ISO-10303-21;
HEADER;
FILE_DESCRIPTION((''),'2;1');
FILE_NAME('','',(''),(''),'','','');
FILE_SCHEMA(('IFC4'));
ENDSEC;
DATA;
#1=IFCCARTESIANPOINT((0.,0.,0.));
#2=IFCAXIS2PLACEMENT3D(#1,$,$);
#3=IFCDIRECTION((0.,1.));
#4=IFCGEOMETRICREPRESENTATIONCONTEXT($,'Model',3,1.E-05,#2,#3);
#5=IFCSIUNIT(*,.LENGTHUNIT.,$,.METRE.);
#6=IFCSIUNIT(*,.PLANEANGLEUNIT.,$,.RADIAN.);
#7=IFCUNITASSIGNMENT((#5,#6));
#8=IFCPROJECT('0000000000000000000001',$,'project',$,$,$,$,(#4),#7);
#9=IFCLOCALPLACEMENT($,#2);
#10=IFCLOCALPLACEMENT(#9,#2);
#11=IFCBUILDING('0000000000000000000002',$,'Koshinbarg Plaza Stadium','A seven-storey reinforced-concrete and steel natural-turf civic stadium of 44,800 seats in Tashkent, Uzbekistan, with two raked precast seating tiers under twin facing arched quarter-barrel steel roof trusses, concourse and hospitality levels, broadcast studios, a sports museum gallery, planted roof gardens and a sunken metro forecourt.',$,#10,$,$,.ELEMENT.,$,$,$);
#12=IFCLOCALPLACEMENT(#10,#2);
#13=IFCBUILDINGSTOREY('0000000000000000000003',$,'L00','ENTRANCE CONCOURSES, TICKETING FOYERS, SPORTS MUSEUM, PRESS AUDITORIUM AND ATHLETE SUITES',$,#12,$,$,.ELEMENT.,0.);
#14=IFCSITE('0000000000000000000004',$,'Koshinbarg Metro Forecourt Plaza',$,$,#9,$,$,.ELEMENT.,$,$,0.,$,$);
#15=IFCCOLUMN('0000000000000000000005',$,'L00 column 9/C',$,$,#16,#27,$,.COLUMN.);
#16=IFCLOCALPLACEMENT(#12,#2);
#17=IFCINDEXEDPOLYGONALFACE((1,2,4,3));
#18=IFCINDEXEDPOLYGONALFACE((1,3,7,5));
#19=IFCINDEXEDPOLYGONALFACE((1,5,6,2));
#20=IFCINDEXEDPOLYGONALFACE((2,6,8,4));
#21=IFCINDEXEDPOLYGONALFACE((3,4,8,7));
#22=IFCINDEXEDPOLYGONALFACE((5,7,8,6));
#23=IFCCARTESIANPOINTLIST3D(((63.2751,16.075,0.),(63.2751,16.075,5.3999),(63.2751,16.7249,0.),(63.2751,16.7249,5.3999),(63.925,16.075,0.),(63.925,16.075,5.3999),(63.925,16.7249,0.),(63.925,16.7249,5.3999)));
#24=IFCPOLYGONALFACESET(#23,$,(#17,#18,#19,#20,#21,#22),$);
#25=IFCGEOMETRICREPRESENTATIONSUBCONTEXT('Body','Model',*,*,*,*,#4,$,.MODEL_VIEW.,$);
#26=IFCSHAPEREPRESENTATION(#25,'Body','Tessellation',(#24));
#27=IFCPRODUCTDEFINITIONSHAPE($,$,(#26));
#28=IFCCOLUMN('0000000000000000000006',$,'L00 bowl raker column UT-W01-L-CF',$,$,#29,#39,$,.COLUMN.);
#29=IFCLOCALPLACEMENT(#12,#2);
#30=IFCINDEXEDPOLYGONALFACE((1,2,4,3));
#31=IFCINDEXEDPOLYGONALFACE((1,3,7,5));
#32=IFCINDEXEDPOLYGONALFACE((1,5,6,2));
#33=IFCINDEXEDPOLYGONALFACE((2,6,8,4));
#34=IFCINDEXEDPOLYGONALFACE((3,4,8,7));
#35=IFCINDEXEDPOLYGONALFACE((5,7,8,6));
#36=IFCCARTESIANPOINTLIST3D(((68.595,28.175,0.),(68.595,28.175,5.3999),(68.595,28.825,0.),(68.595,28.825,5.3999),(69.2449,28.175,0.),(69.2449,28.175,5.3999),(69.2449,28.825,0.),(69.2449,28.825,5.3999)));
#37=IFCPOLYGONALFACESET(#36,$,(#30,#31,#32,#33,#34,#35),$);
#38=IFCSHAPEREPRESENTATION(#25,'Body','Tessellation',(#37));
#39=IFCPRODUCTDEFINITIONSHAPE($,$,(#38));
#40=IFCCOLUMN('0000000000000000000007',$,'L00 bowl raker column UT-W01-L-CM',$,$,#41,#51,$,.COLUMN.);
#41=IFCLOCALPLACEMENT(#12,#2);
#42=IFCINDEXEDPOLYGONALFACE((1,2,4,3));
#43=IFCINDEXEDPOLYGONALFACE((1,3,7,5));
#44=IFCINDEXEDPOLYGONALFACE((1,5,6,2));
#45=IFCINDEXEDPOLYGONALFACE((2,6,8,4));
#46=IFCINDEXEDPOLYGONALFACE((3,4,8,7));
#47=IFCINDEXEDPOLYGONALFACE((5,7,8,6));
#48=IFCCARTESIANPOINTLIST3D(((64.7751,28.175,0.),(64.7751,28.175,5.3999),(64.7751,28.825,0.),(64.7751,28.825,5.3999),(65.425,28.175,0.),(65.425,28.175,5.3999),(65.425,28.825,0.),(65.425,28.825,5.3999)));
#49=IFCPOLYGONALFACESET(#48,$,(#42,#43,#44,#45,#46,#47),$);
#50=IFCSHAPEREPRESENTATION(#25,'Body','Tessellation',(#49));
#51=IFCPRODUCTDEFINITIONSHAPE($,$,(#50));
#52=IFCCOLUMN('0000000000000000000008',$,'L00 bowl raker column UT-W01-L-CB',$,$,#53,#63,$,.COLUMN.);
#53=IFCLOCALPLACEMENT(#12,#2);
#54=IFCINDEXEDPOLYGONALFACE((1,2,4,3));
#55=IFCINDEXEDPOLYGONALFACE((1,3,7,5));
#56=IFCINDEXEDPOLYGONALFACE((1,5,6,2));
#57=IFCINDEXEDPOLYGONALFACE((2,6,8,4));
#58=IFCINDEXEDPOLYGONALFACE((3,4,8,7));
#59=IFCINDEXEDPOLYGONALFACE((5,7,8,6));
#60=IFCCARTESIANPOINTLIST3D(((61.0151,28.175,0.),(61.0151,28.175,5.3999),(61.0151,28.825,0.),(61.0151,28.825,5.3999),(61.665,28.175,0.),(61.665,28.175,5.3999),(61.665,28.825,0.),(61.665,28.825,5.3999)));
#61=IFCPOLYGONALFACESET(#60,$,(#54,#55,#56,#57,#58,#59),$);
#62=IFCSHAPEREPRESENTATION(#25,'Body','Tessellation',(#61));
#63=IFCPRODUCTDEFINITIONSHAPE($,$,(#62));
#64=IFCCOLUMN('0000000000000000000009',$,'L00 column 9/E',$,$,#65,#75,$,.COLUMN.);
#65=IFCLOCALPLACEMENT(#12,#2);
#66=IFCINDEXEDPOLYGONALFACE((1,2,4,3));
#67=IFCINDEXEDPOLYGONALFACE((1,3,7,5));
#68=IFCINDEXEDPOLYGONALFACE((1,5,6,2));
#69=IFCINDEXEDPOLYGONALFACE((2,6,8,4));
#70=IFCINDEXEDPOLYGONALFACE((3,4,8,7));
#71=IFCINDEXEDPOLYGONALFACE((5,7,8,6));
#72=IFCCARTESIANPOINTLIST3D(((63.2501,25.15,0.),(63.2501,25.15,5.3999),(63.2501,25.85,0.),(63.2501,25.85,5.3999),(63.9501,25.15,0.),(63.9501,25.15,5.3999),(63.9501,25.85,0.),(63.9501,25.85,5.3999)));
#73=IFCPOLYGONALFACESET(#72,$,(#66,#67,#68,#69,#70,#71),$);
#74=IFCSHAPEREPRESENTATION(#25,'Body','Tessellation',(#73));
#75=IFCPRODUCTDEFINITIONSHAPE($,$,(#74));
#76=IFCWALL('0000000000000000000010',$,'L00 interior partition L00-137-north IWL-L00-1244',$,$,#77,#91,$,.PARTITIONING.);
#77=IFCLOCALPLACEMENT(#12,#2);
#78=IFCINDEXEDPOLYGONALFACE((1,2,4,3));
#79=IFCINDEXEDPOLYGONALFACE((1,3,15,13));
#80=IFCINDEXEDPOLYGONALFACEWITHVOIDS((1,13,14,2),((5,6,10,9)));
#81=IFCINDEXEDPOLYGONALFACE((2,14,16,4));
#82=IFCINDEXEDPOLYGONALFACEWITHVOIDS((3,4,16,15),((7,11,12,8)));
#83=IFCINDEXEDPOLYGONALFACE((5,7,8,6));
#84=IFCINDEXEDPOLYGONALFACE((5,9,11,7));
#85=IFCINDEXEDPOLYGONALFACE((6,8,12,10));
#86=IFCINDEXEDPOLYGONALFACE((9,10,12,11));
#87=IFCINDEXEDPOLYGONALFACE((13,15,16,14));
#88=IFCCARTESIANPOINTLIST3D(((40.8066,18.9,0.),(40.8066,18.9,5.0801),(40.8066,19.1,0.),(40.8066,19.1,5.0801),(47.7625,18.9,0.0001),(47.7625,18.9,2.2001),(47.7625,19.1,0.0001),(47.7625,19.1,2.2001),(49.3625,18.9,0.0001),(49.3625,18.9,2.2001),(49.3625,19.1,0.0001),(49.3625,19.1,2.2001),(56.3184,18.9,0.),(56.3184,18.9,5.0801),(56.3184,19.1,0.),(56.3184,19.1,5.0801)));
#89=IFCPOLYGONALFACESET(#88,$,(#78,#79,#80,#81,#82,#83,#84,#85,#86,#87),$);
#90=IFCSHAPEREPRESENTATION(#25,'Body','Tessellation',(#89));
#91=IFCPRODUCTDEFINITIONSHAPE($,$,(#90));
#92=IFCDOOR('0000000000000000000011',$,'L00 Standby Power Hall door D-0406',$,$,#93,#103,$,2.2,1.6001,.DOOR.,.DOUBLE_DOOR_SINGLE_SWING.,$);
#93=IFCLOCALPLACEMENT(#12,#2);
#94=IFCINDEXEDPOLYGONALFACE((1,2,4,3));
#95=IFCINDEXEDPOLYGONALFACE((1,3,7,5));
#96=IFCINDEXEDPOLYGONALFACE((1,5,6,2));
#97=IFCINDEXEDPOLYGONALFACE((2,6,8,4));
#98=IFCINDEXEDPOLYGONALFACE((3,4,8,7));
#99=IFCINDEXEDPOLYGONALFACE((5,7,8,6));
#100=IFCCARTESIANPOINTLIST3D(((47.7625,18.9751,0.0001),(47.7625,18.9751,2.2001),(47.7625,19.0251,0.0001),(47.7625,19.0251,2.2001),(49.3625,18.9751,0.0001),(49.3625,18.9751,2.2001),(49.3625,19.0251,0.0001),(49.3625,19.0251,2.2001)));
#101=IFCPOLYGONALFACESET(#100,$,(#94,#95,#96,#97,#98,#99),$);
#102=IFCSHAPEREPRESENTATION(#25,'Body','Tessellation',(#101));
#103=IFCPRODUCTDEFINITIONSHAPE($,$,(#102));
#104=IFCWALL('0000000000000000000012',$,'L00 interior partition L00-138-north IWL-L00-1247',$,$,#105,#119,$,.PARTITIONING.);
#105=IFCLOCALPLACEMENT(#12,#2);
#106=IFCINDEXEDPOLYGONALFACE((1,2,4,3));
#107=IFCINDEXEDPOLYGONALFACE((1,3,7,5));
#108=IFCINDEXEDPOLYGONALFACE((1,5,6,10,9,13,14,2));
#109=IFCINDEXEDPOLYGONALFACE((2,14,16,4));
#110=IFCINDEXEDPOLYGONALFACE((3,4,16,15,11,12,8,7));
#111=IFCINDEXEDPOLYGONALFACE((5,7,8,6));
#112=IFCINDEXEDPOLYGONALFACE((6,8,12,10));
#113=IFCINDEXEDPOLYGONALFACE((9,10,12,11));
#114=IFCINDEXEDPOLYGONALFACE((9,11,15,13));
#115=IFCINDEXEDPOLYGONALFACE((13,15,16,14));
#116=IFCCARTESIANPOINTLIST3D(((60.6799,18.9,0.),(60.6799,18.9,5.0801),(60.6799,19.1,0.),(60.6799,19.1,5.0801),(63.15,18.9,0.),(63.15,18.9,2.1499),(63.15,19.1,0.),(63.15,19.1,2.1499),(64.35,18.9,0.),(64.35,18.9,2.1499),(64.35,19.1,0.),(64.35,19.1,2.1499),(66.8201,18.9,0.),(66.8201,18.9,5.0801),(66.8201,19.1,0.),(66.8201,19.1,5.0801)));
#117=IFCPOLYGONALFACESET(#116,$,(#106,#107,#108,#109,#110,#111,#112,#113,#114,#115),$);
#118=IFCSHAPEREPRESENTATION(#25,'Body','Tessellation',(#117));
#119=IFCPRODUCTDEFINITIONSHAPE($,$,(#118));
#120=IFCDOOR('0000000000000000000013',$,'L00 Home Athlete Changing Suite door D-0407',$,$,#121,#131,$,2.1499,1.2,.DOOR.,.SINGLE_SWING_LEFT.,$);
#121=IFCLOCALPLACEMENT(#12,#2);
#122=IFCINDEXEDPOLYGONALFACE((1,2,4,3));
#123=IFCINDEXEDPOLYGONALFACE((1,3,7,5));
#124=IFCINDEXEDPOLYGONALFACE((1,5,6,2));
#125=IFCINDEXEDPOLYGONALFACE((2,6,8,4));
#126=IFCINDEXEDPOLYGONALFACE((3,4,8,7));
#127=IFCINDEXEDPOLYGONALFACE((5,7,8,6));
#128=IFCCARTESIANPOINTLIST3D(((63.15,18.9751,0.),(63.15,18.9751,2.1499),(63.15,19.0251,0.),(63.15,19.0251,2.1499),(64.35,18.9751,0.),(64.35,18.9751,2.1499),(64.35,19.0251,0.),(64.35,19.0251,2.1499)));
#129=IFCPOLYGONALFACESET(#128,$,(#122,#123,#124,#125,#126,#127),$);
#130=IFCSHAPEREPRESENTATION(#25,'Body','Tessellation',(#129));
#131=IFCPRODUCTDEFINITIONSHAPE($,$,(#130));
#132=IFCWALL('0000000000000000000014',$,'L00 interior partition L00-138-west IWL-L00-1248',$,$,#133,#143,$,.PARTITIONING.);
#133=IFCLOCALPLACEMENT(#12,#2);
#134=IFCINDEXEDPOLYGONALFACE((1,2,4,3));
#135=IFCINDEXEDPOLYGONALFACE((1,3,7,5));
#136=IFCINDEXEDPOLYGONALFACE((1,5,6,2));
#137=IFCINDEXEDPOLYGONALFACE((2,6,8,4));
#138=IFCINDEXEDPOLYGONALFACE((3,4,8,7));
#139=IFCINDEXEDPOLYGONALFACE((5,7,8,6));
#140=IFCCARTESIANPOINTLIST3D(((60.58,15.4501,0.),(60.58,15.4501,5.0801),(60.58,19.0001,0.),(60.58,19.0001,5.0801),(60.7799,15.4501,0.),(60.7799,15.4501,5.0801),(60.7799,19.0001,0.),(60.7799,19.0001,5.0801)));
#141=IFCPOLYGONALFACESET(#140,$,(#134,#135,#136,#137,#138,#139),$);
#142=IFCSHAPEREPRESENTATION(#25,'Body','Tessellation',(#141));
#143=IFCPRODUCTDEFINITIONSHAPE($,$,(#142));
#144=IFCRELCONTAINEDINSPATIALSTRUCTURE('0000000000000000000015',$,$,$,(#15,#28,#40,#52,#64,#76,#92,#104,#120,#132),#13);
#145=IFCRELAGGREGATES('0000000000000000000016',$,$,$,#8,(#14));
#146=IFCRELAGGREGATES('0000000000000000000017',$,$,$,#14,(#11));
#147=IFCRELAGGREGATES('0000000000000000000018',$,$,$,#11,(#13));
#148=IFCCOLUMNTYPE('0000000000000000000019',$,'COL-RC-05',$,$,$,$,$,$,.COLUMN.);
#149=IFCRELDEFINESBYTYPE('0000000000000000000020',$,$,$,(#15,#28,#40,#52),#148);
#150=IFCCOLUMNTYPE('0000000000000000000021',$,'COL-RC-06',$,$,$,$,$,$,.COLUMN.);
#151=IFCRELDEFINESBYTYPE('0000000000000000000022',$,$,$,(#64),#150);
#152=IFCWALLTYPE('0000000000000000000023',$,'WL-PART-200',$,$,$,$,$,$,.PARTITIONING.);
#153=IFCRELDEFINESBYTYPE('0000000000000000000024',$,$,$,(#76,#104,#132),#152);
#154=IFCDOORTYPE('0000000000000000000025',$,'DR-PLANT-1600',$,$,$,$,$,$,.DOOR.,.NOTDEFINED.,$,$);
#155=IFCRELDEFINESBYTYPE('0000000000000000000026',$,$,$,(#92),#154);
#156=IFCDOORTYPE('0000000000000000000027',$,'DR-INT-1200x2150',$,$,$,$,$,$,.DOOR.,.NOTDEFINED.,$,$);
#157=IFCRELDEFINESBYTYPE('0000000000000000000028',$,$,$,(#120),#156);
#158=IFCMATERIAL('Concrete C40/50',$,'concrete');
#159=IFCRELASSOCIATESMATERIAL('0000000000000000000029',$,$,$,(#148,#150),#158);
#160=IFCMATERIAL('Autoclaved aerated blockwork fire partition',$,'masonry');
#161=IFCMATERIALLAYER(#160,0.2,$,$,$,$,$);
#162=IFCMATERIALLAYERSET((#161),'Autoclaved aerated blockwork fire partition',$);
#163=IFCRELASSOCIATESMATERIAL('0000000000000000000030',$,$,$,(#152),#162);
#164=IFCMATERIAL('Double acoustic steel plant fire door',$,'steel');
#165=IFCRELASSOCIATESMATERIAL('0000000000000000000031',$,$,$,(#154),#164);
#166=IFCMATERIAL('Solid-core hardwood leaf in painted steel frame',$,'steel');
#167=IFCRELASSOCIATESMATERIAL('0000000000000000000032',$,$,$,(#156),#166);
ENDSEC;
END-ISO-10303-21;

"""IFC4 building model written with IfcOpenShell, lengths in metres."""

from ifc_helpers import new_model, si_unit, direction, frame, frame_2d, origin, origin_2d, place, context, subcontext, project, spatial, rectangle, extrude, material, layer, layer_set, material_profile, profile_set, type_object, element, fill, save


model = new_model("IFC4")

# Units and contexts
model_context = context("Model", 3, precision=1e-05, world=origin(), true_north=direction((0.0, 1.0)))
body_context = subcontext(model_context, "Body", "Model", "MODEL_VIEW")
ifc_project = project(units=[si_unit("LENGTHUNIT", "METRE"), si_unit("PLANEANGLEUNIT", "RADIAN")], contexts=[model_context])

# Site, building, storey
site_placement = place(None, origin())
site = spatial("IfcSite", under=ifc_project, at=site_placement, Name="Koshinbarg Metro Forecourt Plaza", CompositionType="ELEMENT", RefElevation=0.0)
building_placement = place(site_placement, origin())
building = spatial("IfcBuilding", under=site, at=building_placement, Name="Koshinbarg Plaza Stadium", Description="A seven-storey reinforced-concrete and steel natural-turf civic stadium of 44,800 seats in Tashkent, Uzbekistan, with two raked precast seating tiers under twin facing arched quarter-barrel steel roof trusses, concourse and hospitality levels, broadcast studios, a sports museum gallery, planted roof gardens and a sunken metro forecourt.", CompositionType="ELEMENT")
storey_placement = place(building_placement, origin())
storey = spatial("IfcBuildingStorey", under=building, at=storey_placement, Name="L00", Description="ENTRANCE CONCOURSES, TICKETING FOYERS, SPORTS MUSEUM, PRESS AUDITORIUM AND ATHLETE SUITES", CompositionType="ELEMENT", Elevation=0.0)

# Columns
ifc_material_1 = material(Name="Concrete C40/50", Category="concrete")
ifc_material_profile_1 = material_profile(ifc_material_1, rectangle(XDim=0.6499, YDim=0.6499, at=origin_2d()), Name="RC 650x650")
ifc_profile_set_1 = profile_set([ifc_material_profile_1], Name="Concrete C40/50")
column_type_1 = type_object("IfcColumnType", Name="COL-RC-05", PredefinedType="COLUMN", material=ifc_profile_set_1)
for number, where, z_axis, x_axis, name in (
    (1, (63.6001, 16.3999, 0.0), (0.0, 0.0, 1.0), (1.0, 0.0, 0.0), "L00 column 9/C"),
    (2, (68.9199, 28.5, 0.0), (0.0, 0.0, 1.0), (1.0, 0.0, 0.0), "L00 bowl raker column UT-W01-L-CF"),
    (3, (65.1001, 28.5, 0.0), (0.0, 0.0, 1.0), (1.0, 0.0, 0.0), "L00 bowl raker column UT-W01-L-CM"),
    (4, (61.3401, 28.5, 0.0), (0.0, 0.0, 1.0), (1.0, 0.0, 0.0), "L00 bowl raker column UT-W01-L-CB"),
):
    element("IfcColumn", number, at=place(storey_placement, frame(where, z_axis=z_axis, x_axis=x_axis)), inside=storey, type_object=column_type_1, Name=name, PredefinedType="COLUMN", context=body_context, shape_type="SweptSolid", body=[
        extrude(rectangle(XDim=0.6499, YDim=0.6499, at=origin_2d()), origin(), (0.0, 0.0, 1.0), 5.3999),
    ])
ifc_material_profile_2 = material_profile(ifc_material_1, rectangle(XDim=0.7, YDim=0.7, at=origin_2d()), Name="RC 700x700")
ifc_profile_set_2 = profile_set([ifc_material_profile_2], Name="Concrete C40/50")
column_type_2 = type_object("IfcColumnType", Name="COL-RC-06", PredefinedType="COLUMN", material=ifc_profile_set_2)
column_1_placement = place(storey_placement, frame((63.6001, 25.5, 0.0), z_axis=(0.0, 0.0, 1.0), x_axis=(1.0, 0.0, 0.0)))
element("IfcColumn", 5, at=column_1_placement, inside=storey, type_object=column_type_2, Name="L00 column 9/E", PredefinedType="COLUMN", context=body_context, shape_type="SweptSolid", body=[
    extrude(rectangle(XDim=0.7, YDim=0.7, at=origin_2d()), origin(), (0.0, 0.0, 1.0), 5.3999),
])

# Walls, openings, doors
ifc_material_2 = material(Name="Autoclaved aerated blockwork fire partition", Category="masonry")
ifc_layer = layer(ifc_material_2, 0.2)
ifc_layer_set = layer_set([ifc_layer], Name="Autoclaved aerated blockwork fire partition")
wall_type = type_object("IfcWallType", Name="WL-PART-200", PredefinedType="PARTITIONING", material=ifc_layer_set)
wall_1_placement = place(storey_placement, frame((56.3184, 19.0, 0.0), z_axis=(0.0, 0.0, 1.0), x_axis=(-1.0, 0.0, 0.0)))
wall_1 = element("IfcWall", 6, at=wall_1_placement, inside=storey, type_object=wall_type, Name="L00 interior partition L00-137-north IWL-L00-1244", PredefinedType="PARTITIONING", context=body_context, shape_type="SweptSolid", body=[
    extrude(rectangle(XDim=15.5117, YDim=0.2, at=frame_2d((7.7559, 0.0))), origin(), (0.0, 0.0, 1.0), 5.0801),
])
opening_1_placement = place(wall_1_placement, frame((6.9558, 0.0, 0.0)))
opening_1 = element("IfcOpeningElement", 7, at=opening_1_placement, cuts=wall_1, PredefinedType="OPENING", context=body_context, shape_type="SweptSolid", body=[
    extrude(rectangle(XDim=1.6001, YDim=2.2, at=frame_2d((0.8, 1.1001))), frame((0.0, 0.1099, 0.0), z_axis=(0.0, -1.0, 0.0), x_axis=(1.0, 0.0, 0.0)), (0.0, 0.0, 1.0), 0.22),
])
ifc_material_3 = material(Name="Double acoustic steel plant fire door", Category="steel")
door_type_1 = type_object("IfcDoorType", Name="DR-PLANT-1600", OperationType="NOTDEFINED", PredefinedType="DOOR", material=ifc_material_3)
door_1_placement = place(opening_1_placement, origin())
door_1 = element("IfcDoor", 8, at=door_1_placement, inside=storey, type_object=door_type_1, Name="L00 Standby Power Hall door D-0406", OperationType="DOUBLE_DOOR_SINGLE_SWING", OverallHeight=2.2, OverallWidth=1.6001, PredefinedType="DOOR", context=body_context, shape_type="SweptSolid", body=[
    extrude(rectangle(XDim=1.6001, YDim=2.2, at=frame_2d((0.8, 1.1001))), frame((0.0, 0.0249, 0.0), z_axis=(0.0, -1.0, 0.0), x_axis=(1.0, 0.0, 0.0)), (0.0, 0.0, 1.0), 0.05),
])
fill(opening_1, door_1)
wall_2_placement = place(storey_placement, frame((66.8201, 19.0, 0.0), z_axis=(0.0, 0.0, 1.0), x_axis=(-1.0, 0.0, 0.0)))
wall_2 = element("IfcWall", 9, at=wall_2_placement, inside=storey, type_object=wall_type, Name="L00 interior partition L00-138-north IWL-L00-1247", PredefinedType="PARTITIONING", context=body_context, shape_type="SweptSolid", body=[
    extrude(rectangle(XDim=6.1401, YDim=0.2, at=frame_2d((3.0701, 0.0))), origin(), (0.0, 0.0, 1.0), 5.0801),
])
opening_2_placement = place(wall_2_placement, frame((2.47, 0.0, 0.0)))
opening_2 = element("IfcOpeningElement", 10, at=opening_2_placement, cuts=wall_2, PredefinedType="OPENING", context=body_context, shape_type="SweptSolid", body=[
    extrude(rectangle(XDim=1.2, YDim=2.1499, at=frame_2d((0.6001, 1.075))), frame((0.0, 0.1099, 0.0), z_axis=(0.0, -1.0, 0.0), x_axis=(1.0, 0.0, 0.0)), (0.0, 0.0, 1.0), 0.22),
])
ifc_material_4 = material(Name="Solid-core hardwood leaf in painted steel frame", Category="steel")
door_type_2 = type_object("IfcDoorType", Name="DR-INT-1200x2150", OperationType="NOTDEFINED", PredefinedType="DOOR", material=ifc_material_4)
door_2_placement = place(opening_2_placement, origin())
door_2 = element("IfcDoor", 11, at=door_2_placement, inside=storey, type_object=door_type_2, Name="L00 Home Athlete Changing Suite door D-0407", OperationType="SINGLE_SWING_LEFT", OverallHeight=2.1499, OverallWidth=1.2, PredefinedType="DOOR", context=body_context, shape_type="SweptSolid", body=[
    extrude(rectangle(XDim=1.2, YDim=2.1499, at=frame_2d((0.6001, 1.075))), frame((0.0, 0.0249, 0.0), z_axis=(0.0, -1.0, 0.0), x_axis=(1.0, 0.0, 0.0)), (0.0, 0.0, 1.0), 0.05),
])
fill(opening_2, door_2)

# Wall
wall_3_placement = place(storey_placement, frame((60.6799, 19.0, 0.0), z_axis=(0.0, 0.0, 1.0), x_axis=(0.0, -1.0, 0.0)))
element("IfcWall", 12, at=wall_3_placement, inside=storey, type_object=wall_type, Name="L00 interior partition L00-138-west IWL-L00-1248", PredefinedType="PARTITIONING", context=body_context, shape_type="SweptSolid", body=[
    extrude(rectangle(XDim=3.55, YDim=0.2, at=frame_2d((1.7749, 0.0))), origin(), (0.0, 0.0, 1.0), 5.0801),
])

save(model, "model.ifc")
